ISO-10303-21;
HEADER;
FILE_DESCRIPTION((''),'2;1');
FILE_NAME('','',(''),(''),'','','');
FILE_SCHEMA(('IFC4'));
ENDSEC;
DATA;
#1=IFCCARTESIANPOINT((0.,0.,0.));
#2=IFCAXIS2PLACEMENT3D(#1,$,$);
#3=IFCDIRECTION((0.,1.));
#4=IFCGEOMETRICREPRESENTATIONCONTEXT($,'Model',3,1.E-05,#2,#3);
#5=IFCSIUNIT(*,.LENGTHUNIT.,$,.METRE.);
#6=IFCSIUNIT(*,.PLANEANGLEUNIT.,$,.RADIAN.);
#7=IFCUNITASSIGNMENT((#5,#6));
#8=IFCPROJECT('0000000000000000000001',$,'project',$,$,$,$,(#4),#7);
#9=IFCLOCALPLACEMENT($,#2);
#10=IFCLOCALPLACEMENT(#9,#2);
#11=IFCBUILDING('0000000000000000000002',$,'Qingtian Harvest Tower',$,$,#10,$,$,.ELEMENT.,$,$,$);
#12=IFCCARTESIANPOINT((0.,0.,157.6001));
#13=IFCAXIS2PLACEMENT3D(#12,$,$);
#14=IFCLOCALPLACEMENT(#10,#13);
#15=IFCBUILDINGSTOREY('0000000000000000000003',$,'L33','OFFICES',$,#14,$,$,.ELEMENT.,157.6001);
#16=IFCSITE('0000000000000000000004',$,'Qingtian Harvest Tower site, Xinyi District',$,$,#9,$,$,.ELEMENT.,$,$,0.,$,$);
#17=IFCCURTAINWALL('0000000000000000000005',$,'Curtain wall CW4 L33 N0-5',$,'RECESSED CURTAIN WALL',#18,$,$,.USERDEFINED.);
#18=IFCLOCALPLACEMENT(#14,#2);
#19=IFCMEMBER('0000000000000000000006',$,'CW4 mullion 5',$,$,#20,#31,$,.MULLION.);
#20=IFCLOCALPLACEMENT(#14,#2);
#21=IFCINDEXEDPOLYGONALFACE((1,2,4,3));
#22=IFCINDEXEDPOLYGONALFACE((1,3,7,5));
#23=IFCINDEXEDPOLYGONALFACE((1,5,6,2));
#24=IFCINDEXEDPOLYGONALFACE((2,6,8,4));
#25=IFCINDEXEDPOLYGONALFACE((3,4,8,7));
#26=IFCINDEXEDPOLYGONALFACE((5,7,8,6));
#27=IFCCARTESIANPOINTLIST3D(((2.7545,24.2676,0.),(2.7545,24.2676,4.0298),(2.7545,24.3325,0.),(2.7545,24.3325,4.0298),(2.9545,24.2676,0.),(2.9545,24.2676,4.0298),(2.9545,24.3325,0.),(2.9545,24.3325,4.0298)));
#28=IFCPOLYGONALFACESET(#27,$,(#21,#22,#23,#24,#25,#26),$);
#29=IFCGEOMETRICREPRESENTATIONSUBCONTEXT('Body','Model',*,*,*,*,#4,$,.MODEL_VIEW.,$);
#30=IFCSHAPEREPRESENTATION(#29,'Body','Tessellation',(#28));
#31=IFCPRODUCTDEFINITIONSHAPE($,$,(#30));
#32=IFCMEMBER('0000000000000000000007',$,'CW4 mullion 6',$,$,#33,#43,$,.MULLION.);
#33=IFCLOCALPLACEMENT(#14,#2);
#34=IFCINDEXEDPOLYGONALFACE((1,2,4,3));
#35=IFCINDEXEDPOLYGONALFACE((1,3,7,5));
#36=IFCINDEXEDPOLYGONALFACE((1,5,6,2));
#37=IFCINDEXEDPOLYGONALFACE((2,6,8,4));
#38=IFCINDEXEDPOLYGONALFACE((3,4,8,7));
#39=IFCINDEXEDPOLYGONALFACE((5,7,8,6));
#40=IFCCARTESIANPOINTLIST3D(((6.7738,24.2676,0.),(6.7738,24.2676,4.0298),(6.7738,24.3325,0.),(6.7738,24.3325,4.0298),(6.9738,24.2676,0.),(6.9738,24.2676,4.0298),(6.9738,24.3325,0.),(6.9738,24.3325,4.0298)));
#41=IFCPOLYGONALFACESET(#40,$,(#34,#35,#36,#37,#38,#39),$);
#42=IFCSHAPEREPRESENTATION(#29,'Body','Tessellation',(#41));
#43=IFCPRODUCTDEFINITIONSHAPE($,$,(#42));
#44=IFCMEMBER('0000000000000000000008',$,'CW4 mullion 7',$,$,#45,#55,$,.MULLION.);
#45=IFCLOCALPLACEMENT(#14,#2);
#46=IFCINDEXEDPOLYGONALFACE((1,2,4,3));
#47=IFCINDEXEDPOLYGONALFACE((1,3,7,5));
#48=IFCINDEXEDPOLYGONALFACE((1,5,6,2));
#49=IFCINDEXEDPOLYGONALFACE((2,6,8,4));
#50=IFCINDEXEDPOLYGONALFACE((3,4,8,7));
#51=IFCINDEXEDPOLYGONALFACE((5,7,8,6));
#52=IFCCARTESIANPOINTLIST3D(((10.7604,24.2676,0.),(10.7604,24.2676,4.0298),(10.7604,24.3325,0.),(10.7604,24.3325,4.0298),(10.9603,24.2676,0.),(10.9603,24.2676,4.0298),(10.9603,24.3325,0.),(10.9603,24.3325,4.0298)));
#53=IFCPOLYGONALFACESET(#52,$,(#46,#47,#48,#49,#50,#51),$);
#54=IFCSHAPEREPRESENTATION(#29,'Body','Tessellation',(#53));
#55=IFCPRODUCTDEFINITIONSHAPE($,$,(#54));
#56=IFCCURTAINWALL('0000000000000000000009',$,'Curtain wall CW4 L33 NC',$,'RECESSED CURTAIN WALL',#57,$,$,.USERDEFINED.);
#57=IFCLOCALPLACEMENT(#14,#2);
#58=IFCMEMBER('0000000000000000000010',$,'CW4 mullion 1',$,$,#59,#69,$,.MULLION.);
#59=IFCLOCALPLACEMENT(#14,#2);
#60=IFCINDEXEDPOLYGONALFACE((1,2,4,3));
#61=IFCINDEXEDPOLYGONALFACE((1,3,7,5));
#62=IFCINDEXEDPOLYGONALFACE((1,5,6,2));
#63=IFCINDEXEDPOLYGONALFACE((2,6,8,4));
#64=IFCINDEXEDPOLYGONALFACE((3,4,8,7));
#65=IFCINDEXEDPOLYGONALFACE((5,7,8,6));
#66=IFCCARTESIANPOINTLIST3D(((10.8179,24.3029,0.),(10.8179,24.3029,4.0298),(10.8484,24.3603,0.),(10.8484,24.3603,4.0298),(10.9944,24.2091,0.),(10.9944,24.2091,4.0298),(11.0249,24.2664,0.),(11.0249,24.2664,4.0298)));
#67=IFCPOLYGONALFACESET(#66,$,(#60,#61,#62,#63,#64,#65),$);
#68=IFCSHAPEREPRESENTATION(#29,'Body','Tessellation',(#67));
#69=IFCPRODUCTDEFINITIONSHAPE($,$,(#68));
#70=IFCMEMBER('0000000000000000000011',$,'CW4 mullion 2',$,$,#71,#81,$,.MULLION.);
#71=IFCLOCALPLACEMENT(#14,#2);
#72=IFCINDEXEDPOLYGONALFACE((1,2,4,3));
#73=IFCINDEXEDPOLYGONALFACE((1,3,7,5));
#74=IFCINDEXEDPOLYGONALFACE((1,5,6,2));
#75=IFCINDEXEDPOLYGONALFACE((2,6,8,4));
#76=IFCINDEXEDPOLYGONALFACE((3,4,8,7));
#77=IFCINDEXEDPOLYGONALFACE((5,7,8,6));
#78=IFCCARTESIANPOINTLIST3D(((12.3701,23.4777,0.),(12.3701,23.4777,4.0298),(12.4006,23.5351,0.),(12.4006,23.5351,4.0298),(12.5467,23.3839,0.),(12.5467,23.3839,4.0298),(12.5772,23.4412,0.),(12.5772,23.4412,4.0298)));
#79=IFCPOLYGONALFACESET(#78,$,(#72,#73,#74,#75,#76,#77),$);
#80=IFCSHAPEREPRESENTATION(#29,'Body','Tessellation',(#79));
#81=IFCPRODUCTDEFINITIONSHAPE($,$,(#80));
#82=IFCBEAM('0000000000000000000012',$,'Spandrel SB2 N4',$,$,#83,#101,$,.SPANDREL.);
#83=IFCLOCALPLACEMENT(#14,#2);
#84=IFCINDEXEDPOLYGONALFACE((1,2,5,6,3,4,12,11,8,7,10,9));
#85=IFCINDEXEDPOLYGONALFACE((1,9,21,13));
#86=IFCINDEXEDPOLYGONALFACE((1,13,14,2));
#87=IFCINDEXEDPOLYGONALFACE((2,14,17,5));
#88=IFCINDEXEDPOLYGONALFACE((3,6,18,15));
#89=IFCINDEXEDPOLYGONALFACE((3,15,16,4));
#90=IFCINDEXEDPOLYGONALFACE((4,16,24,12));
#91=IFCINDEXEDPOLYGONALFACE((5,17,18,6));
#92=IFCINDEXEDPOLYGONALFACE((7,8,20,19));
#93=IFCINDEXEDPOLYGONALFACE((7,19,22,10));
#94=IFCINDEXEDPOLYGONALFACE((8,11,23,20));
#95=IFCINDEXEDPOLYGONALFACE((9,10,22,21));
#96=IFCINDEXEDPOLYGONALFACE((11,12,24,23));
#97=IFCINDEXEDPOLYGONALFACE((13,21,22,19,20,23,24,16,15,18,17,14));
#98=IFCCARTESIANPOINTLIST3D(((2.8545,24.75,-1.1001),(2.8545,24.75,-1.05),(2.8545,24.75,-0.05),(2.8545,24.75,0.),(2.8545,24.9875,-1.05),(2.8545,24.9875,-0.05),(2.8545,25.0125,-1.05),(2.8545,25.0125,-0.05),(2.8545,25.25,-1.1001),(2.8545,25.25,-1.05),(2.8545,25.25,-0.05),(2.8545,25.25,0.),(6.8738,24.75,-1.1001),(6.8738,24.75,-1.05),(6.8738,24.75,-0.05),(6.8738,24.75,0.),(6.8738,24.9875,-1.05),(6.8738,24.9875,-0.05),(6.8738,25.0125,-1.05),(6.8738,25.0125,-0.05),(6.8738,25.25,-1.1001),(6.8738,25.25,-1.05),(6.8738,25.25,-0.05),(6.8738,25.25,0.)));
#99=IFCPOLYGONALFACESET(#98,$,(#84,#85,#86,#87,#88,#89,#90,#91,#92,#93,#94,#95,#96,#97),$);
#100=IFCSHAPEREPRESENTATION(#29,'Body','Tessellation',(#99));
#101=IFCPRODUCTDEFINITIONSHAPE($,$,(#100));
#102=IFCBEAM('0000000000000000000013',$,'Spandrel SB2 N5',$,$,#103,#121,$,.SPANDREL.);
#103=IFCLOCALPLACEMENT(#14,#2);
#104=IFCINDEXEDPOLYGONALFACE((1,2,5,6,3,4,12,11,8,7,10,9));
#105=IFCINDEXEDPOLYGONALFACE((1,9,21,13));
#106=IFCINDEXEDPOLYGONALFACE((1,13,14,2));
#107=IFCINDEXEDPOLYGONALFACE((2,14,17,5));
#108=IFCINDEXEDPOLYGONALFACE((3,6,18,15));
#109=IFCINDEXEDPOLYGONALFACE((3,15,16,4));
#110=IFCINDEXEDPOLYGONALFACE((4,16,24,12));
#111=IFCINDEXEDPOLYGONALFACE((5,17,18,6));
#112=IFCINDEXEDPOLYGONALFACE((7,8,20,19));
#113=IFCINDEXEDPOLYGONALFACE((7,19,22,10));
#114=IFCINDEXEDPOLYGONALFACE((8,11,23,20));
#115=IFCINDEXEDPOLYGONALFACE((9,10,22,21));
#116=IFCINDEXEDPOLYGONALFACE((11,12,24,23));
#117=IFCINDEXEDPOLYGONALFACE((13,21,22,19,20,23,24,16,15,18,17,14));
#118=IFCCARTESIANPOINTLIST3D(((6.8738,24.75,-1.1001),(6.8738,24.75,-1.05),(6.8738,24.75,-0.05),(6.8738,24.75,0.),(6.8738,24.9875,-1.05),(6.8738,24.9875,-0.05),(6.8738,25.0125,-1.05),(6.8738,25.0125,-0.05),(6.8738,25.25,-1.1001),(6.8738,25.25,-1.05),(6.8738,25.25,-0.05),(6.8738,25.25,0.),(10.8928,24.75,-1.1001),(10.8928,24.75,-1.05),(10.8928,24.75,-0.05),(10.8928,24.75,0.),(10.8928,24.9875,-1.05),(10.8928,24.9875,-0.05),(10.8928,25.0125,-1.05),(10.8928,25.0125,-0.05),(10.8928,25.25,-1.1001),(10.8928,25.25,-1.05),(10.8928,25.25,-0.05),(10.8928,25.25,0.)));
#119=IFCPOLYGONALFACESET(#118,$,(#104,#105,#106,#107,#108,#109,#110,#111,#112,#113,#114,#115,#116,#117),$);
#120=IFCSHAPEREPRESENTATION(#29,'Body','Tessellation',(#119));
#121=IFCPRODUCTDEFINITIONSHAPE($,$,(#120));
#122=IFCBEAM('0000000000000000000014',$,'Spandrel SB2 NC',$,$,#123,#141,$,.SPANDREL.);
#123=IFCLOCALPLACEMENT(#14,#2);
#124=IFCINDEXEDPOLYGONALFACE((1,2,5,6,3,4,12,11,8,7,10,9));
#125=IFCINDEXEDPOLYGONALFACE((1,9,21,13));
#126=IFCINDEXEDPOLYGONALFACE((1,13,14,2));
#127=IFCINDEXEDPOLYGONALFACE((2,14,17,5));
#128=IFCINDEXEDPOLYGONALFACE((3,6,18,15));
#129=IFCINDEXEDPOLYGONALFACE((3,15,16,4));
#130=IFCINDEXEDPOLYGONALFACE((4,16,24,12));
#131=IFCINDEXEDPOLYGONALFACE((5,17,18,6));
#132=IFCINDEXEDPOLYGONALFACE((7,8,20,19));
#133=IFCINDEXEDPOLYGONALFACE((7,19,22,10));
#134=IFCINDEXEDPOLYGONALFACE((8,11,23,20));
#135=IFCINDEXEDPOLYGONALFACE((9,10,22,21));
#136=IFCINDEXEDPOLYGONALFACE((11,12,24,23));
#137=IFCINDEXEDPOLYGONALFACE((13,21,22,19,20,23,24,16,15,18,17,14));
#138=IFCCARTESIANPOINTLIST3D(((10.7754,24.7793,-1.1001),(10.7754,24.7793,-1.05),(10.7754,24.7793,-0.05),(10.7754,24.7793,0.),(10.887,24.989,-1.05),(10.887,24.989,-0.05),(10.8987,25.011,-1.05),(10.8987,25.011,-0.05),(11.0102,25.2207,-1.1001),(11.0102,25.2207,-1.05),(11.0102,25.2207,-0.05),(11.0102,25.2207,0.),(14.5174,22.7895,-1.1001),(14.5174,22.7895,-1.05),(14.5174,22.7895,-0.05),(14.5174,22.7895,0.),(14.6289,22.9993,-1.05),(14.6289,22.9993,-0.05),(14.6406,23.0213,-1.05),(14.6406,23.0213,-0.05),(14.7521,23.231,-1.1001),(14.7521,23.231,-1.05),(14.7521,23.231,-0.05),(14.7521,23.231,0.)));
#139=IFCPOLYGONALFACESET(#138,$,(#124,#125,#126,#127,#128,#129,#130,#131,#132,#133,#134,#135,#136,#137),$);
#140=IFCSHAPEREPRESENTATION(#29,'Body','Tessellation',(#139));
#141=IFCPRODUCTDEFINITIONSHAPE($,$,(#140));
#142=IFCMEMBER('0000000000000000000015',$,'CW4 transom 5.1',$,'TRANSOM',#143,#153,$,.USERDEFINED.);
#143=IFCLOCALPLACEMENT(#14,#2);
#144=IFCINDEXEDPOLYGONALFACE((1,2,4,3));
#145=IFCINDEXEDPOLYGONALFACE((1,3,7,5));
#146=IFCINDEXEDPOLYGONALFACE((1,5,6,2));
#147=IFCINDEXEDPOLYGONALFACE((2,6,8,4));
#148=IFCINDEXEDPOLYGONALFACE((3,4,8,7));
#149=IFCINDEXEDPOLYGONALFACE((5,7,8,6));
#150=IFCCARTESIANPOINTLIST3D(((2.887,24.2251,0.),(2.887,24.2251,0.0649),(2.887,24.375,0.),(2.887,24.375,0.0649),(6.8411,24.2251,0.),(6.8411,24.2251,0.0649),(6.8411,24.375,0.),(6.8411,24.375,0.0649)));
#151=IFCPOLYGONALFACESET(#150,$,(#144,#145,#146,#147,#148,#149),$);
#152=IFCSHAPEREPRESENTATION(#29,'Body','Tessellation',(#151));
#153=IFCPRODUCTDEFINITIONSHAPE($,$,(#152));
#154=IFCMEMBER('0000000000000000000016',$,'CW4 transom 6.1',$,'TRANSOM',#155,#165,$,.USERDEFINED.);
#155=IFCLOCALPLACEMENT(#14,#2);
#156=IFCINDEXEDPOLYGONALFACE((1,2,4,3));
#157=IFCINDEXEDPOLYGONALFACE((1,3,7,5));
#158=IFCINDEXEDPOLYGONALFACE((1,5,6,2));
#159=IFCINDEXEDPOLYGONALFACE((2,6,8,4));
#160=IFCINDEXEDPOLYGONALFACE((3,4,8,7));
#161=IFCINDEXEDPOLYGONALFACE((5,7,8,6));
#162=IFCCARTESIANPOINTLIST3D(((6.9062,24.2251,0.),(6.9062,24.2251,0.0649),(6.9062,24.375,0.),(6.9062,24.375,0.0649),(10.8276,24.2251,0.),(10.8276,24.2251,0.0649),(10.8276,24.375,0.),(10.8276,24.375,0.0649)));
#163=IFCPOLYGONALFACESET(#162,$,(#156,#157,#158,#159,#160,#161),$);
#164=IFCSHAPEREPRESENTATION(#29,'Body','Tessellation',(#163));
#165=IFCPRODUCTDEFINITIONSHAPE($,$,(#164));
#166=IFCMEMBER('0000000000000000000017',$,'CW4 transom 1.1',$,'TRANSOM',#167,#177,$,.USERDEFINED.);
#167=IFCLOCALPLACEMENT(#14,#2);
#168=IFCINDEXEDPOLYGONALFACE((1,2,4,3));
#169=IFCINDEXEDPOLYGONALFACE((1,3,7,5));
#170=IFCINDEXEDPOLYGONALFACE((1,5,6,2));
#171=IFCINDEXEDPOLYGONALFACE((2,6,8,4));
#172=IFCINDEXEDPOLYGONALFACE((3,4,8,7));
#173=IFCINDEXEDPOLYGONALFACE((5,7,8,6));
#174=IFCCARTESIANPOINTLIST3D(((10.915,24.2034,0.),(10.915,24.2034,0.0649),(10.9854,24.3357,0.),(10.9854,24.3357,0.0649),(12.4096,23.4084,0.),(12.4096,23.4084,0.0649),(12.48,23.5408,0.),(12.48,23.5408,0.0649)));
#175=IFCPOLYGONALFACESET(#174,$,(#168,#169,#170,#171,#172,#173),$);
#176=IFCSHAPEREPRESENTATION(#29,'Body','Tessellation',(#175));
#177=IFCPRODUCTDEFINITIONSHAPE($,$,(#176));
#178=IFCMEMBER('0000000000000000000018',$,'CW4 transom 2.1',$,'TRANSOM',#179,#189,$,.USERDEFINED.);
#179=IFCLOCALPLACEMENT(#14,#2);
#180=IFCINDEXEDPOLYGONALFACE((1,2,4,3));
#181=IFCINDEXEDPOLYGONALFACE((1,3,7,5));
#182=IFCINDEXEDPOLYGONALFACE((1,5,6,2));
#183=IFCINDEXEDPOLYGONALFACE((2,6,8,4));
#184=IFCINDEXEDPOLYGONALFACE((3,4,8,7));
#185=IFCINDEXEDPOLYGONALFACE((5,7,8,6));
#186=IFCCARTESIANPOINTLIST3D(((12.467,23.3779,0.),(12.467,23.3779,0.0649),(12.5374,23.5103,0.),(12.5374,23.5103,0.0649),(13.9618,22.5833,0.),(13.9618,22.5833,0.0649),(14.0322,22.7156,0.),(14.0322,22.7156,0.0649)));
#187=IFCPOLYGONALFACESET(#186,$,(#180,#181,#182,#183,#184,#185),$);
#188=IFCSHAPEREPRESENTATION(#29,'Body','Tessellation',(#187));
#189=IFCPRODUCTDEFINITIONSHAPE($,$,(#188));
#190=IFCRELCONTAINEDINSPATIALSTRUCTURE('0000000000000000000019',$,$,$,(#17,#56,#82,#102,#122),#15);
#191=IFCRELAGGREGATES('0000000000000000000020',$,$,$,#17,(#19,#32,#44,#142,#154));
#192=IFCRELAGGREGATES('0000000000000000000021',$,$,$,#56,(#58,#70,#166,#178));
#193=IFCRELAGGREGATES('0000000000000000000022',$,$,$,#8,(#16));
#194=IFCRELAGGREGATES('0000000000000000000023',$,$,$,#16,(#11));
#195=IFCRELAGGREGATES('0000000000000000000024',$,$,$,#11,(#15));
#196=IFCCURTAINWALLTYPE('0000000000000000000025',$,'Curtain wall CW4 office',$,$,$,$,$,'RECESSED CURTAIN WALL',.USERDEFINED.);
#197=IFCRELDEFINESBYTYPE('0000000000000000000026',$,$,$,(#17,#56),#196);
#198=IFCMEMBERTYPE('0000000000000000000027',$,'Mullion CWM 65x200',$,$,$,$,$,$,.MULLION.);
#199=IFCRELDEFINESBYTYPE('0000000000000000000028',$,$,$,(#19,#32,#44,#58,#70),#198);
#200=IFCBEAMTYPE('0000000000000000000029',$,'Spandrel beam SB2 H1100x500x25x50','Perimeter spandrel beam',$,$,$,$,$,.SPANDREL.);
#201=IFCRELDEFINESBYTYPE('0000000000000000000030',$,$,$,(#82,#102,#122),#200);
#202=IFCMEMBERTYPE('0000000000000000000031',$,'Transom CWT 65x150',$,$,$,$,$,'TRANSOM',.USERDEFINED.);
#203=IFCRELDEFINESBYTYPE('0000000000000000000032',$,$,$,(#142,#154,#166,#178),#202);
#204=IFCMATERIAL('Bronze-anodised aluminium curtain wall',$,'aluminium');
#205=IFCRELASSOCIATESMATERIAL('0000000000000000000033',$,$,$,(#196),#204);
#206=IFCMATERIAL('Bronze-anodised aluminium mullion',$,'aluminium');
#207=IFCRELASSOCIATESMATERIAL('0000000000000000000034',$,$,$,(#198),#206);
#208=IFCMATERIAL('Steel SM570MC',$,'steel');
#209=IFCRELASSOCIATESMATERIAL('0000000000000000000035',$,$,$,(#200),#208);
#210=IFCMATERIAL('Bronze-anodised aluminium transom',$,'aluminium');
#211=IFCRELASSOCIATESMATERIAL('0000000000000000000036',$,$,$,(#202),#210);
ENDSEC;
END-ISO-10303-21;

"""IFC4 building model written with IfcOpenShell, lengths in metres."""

from ifc_helpers import new_model, si_unit, direction, frame, origin, origin_2d, place, context, subcontext, project, spatial, rectangle, i_section, extrude, material, material_profile, profile_set, type_object, element, aggregate, save


model = new_model("IFC4")

# Units and contexts
model_context = context("Model", 3, precision=1e-05, world=origin(), true_north=direction((0.0, 1.0)))
body_context = subcontext(model_context, "Body", "Model", "MODEL_VIEW")
ifc_project = project(units=[si_unit("LENGTHUNIT", "METRE"), si_unit("PLANEANGLEUNIT", "RADIAN")], contexts=[model_context])

# Site, building, storey
site_placement = place(None, origin())
site = spatial("IfcSite", under=ifc_project, at=site_placement, Name="Qingtian Harvest Tower site, Xinyi District", CompositionType="ELEMENT", RefElevation=0.0)
building_placement = place(site_placement, origin())
building = spatial("IfcBuilding", under=site, at=building_placement, Name="Qingtian Harvest Tower", CompositionType="ELEMENT")
storey_placement = place(building_placement, frame((0.0, 0.0, 157.6001)))
storey = spatial("IfcBuildingStorey", under=building, at=storey_placement, Name="L33", Description="OFFICES", CompositionType="ELEMENT", Elevation=157.6001)

# Curtain walls, members
ifc_material_1 = material(Name="Bronze-anodised aluminium curtain wall", Category="aluminium")
curtain_wall_type = type_object("IfcCurtainWallType", Name="Curtain wall CW4 office", ElementType="RECESSED CURTAIN WALL", PredefinedType="USERDEFINED", material=ifc_material_1)
curtain_wall_1_placement = place(storey_placement, origin())
curtain_wall_1 = element("IfcCurtainWall", 1, at=curtain_wall_1_placement, inside=storey, type_object=curtain_wall_type, Name="Curtain wall CW4 L33 N0-5", ObjectType="RECESSED CURTAIN WALL", PredefinedType="USERDEFINED")
ifc_material_2 = material(Name="Bronze-anodised aluminium mullion", Category="aluminium")
ifc_material_profile_1 = material_profile(ifc_material_2, rectangle(XDim=0.0649, YDim=0.2, at=origin_2d()), Name="AL 65x200")
ifc_profile_set_1 = profile_set([ifc_material_profile_1], Name="Bronze-anodised aluminium mullion")
member_type_1 = type_object("IfcMemberType", Name="Mullion CWM 65x200", PredefinedType="MULLION", material=ifc_profile_set_1)
member_1_placement = place(storey_placement, frame((2.8545, 24.3, 0.0), z_axis=(0.0, 0.0, 1.0), x_axis=(0.0, 1.0, 0.0)))
member_1 = element("IfcMember", 2, at=member_1_placement, type_object=member_type_1, Name="CW4 mullion 5", PredefinedType="MULLION", context=body_context, shape_type="SweptSolid", body=[
    extrude(rectangle(XDim=0.0649, YDim=0.2, at=origin_2d()), origin(), (0.0, 0.0, 1.0), 4.0298),
])
member_2_placement = place(storey_placement, frame((6.8738, 24.3, 0.0), z_axis=(0.0, 0.0, 1.0), x_axis=(0.0, 1.0, 0.0)))
member_2 = element("IfcMember", 3, at=member_2_placement, type_object=member_type_1, Name="CW4 mullion 6", PredefinedType="MULLION", context=body_context, shape_type="SweptSolid", body=[
    extrude(rectangle(XDim=0.0649, YDim=0.2, at=origin_2d()), origin(), (0.0, 0.0, 1.0), 4.0298),
])
member_3_placement = place(storey_placement, frame((10.8604, 24.3, 0.0), z_axis=(0.0, 0.0, 1.0), x_axis=(0.0, 1.0, 0.0)))
member_3 = element("IfcMember", 4, at=member_3_placement, type_object=member_type_1, Name="CW4 mullion 7", PredefinedType="MULLION", context=body_context, shape_type="SweptSolid", body=[
    extrude(rectangle(XDim=0.0649, YDim=0.2, at=origin_2d()), origin(), (0.0, 0.0, 1.0), 4.0298),
])
curtain_wall_2_placement = place(storey_placement, origin())
curtain_wall_2 = element("IfcCurtainWall", 5, at=curtain_wall_2_placement, inside=storey, type_object=curtain_wall_type, Name="Curtain wall CW4 L33 NC", ObjectType="RECESSED CURTAIN WALL", PredefinedType="USERDEFINED")
member_4_placement = place(storey_placement, frame((10.9214, 24.2847, 0.0), z_axis=(0.0, 0.0, 1.0), x_axis=(0.469472, 0.882948, 0.0)))
member_4 = element("IfcMember", 6, at=member_4_placement, type_object=member_type_1, Name="CW4 mullion 1", PredefinedType="MULLION", context=body_context, shape_type="SweptSolid", body=[
    extrude(rectangle(XDim=0.0649, YDim=0.2, at=origin_2d()), origin(), (0.0, 0.0, 1.0), 4.0298),
])
member_5_placement = place(storey_placement, frame((12.4736, 23.4595, 0.0), z_axis=(0.0, 0.0, 1.0), x_axis=(0.469472, 0.882948, 0.0)))
member_5 = element("IfcMember", 7, at=member_5_placement, type_object=member_type_1, Name="CW4 mullion 2", PredefinedType="MULLION", context=body_context, shape_type="SweptSolid", body=[
    extrude(rectangle(XDim=0.0649, YDim=0.2, at=origin_2d()), origin(), (0.0, 0.0, 1.0), 4.0298),
])

# Beams
ifc_material_3 = material(Name="Steel SM570MC", Category="steel")
ifc_material_profile_2 = material_profile(ifc_material_3, i_section(OverallWidth=0.5, OverallDepth=1.1001, WebThickness=0.0249, FlangeThickness=0.05, at=origin_2d()), Name="H1100x500x25x50")
ifc_profile_set_2 = profile_set([ifc_material_profile_2], Name="Steel SM570MC")
beam_type_1 = type_object("IfcBeamType", Name="Spandrel beam SB2 H1100x500x25x50", Description="Perimeter spandrel beam", PredefinedType="SPANDREL", material=ifc_profile_set_2)
beam_1_placement = place(storey_placement, frame((2.8545, 25.0, -0.55), z_axis=(1.0, 0.0, 0.0), x_axis=(0.0, 1.0, 0.0)))
element("IfcBeam", 8, at=beam_1_placement, inside=storey, type_object=beam_type_1, Name="Spandrel SB2 N4", PredefinedType="SPANDREL", context=body_context, shape_type="SweptSolid", body=[
    extrude(i_section(OverallWidth=0.5, OverallDepth=1.1001, WebThickness=0.0249, FlangeThickness=0.05, at=origin_2d()), origin(), (0.0, 0.0, 1.0), 4.0193),
])
beam_2_placement = place(storey_placement, frame((6.8738, 25.0, -0.55), z_axis=(1.0, 0.0, 0.0), x_axis=(0.0, 1.0, 0.0)))
element("IfcBeam", 9, at=beam_2_placement, inside=storey, type_object=beam_type_1, Name="Spandrel SB2 N5", PredefinedType="SPANDREL", context=body_context, shape_type="SweptSolid", body=[
    extrude(i_section(OverallWidth=0.5, OverallDepth=1.1001, WebThickness=0.0249, FlangeThickness=0.05, at=origin_2d()), origin(), (0.0, 0.0, 1.0), 4.019),
])
beam_3_placement = place(storey_placement, frame((10.8928, 25.0, -0.55), z_axis=(0.882936, -0.469494, 0.0), x_axis=(0.469494, 0.882936, 0.0)))
element("IfcBeam", 10, at=beam_3_placement, inside=storey, type_object=beam_type_1, Name="Spandrel SB2 NC", PredefinedType="SPANDREL", context=body_context, shape_type="SweptSolid", body=[
    extrude(i_section(OverallWidth=0.5, OverallDepth=1.1001, WebThickness=0.0249, FlangeThickness=0.05, at=origin_2d()), origin(), (0.0, 0.0, 1.0), 4.238),
])

# Members
ifc_material_4 = material(Name="Bronze-anodised aluminium transom", Category="aluminium")
ifc_material_profile_3 = material_profile(ifc_material_4, rectangle(XDim=0.1499, YDim=0.0649, at=origin_2d()), Name="AL 65x150")
ifc_profile_set_3 = profile_set([ifc_material_profile_3], Name="Bronze-anodised aluminium transom")
member_type_2 = type_object("IfcMemberType", Name="Transom CWT 65x150", ElementType="TRANSOM", PredefinedType="USERDEFINED", material=ifc_profile_set_3)
member_6_placement = place(storey_placement, frame((2.887, 24.3, 0.0325), z_axis=(1.0, 0.0, 0.0), x_axis=(0.0, 1.0, 0.0)))
member_6 = element("IfcMember", 11, at=member_6_placement, type_object=member_type_2, Name="CW4 transom 5.1", ObjectType="TRANSOM", PredefinedType="USERDEFINED", context=body_context, shape_type="SweptSolid", body=[
    extrude(rectangle(XDim=0.1499, YDim=0.0649, at=origin_2d()), origin(), (0.0, 0.0, 1.0), 3.9541),
])
member_7_placement = place(storey_placement, frame((6.9062, 24.3, 0.0325), z_axis=(1.0, 0.0, 0.0), x_axis=(0.0, 1.0, 0.0)))
member_7 = element("IfcMember", 12, at=member_7_placement, type_object=member_type_2, Name="CW4 transom 6.1", ObjectType="TRANSOM", PredefinedType="USERDEFINED", context=body_context, shape_type="SweptSolid", body=[
    extrude(rectangle(XDim=0.1499, YDim=0.0649, at=origin_2d()), origin(), (0.0, 0.0, 1.0), 3.9214),
])
member_8_placement = place(storey_placement, frame((10.9502, 24.2695, 0.0325), z_axis=(0.882895, -0.46957, 0.0), x_axis=(0.46957, 0.882895, 0.0)))
member_8 = element("IfcMember", 13, at=member_8_placement, type_object=member_type_2, Name="CW4 transom 1.1", ObjectType="TRANSOM", PredefinedType="USERDEFINED", context=body_context, shape_type="SweptSolid", body=[
    extrude(rectangle(XDim=0.1499, YDim=0.0649, at=origin_2d()), origin(), (0.0, 0.0, 1.0), 1.6929),
])
member_9_placement = place(storey_placement, frame((12.5022, 23.4441, 0.0325), z_axis=(0.882987, -0.469398, 0.0), x_axis=(0.469398, 0.882987, 0.0)))
member_9 = element("IfcMember", 14, at=member_9_placement, type_object=member_type_2, Name="CW4 transom 2.1", ObjectType="TRANSOM", PredefinedType="USERDEFINED", context=body_context, shape_type="SweptSolid", body=[
    extrude(rectangle(XDim=0.1499, YDim=0.0649, at=origin_2d()), origin(), (0.0, 0.0, 1.0), 1.6929),
])

aggregate(curtain_wall_1, [member_1, member_2, member_3, member_6, member_7])
aggregate(curtain_wall_2, [member_4, member_5, member_8, member_9])

save(model, "model.ifc")
